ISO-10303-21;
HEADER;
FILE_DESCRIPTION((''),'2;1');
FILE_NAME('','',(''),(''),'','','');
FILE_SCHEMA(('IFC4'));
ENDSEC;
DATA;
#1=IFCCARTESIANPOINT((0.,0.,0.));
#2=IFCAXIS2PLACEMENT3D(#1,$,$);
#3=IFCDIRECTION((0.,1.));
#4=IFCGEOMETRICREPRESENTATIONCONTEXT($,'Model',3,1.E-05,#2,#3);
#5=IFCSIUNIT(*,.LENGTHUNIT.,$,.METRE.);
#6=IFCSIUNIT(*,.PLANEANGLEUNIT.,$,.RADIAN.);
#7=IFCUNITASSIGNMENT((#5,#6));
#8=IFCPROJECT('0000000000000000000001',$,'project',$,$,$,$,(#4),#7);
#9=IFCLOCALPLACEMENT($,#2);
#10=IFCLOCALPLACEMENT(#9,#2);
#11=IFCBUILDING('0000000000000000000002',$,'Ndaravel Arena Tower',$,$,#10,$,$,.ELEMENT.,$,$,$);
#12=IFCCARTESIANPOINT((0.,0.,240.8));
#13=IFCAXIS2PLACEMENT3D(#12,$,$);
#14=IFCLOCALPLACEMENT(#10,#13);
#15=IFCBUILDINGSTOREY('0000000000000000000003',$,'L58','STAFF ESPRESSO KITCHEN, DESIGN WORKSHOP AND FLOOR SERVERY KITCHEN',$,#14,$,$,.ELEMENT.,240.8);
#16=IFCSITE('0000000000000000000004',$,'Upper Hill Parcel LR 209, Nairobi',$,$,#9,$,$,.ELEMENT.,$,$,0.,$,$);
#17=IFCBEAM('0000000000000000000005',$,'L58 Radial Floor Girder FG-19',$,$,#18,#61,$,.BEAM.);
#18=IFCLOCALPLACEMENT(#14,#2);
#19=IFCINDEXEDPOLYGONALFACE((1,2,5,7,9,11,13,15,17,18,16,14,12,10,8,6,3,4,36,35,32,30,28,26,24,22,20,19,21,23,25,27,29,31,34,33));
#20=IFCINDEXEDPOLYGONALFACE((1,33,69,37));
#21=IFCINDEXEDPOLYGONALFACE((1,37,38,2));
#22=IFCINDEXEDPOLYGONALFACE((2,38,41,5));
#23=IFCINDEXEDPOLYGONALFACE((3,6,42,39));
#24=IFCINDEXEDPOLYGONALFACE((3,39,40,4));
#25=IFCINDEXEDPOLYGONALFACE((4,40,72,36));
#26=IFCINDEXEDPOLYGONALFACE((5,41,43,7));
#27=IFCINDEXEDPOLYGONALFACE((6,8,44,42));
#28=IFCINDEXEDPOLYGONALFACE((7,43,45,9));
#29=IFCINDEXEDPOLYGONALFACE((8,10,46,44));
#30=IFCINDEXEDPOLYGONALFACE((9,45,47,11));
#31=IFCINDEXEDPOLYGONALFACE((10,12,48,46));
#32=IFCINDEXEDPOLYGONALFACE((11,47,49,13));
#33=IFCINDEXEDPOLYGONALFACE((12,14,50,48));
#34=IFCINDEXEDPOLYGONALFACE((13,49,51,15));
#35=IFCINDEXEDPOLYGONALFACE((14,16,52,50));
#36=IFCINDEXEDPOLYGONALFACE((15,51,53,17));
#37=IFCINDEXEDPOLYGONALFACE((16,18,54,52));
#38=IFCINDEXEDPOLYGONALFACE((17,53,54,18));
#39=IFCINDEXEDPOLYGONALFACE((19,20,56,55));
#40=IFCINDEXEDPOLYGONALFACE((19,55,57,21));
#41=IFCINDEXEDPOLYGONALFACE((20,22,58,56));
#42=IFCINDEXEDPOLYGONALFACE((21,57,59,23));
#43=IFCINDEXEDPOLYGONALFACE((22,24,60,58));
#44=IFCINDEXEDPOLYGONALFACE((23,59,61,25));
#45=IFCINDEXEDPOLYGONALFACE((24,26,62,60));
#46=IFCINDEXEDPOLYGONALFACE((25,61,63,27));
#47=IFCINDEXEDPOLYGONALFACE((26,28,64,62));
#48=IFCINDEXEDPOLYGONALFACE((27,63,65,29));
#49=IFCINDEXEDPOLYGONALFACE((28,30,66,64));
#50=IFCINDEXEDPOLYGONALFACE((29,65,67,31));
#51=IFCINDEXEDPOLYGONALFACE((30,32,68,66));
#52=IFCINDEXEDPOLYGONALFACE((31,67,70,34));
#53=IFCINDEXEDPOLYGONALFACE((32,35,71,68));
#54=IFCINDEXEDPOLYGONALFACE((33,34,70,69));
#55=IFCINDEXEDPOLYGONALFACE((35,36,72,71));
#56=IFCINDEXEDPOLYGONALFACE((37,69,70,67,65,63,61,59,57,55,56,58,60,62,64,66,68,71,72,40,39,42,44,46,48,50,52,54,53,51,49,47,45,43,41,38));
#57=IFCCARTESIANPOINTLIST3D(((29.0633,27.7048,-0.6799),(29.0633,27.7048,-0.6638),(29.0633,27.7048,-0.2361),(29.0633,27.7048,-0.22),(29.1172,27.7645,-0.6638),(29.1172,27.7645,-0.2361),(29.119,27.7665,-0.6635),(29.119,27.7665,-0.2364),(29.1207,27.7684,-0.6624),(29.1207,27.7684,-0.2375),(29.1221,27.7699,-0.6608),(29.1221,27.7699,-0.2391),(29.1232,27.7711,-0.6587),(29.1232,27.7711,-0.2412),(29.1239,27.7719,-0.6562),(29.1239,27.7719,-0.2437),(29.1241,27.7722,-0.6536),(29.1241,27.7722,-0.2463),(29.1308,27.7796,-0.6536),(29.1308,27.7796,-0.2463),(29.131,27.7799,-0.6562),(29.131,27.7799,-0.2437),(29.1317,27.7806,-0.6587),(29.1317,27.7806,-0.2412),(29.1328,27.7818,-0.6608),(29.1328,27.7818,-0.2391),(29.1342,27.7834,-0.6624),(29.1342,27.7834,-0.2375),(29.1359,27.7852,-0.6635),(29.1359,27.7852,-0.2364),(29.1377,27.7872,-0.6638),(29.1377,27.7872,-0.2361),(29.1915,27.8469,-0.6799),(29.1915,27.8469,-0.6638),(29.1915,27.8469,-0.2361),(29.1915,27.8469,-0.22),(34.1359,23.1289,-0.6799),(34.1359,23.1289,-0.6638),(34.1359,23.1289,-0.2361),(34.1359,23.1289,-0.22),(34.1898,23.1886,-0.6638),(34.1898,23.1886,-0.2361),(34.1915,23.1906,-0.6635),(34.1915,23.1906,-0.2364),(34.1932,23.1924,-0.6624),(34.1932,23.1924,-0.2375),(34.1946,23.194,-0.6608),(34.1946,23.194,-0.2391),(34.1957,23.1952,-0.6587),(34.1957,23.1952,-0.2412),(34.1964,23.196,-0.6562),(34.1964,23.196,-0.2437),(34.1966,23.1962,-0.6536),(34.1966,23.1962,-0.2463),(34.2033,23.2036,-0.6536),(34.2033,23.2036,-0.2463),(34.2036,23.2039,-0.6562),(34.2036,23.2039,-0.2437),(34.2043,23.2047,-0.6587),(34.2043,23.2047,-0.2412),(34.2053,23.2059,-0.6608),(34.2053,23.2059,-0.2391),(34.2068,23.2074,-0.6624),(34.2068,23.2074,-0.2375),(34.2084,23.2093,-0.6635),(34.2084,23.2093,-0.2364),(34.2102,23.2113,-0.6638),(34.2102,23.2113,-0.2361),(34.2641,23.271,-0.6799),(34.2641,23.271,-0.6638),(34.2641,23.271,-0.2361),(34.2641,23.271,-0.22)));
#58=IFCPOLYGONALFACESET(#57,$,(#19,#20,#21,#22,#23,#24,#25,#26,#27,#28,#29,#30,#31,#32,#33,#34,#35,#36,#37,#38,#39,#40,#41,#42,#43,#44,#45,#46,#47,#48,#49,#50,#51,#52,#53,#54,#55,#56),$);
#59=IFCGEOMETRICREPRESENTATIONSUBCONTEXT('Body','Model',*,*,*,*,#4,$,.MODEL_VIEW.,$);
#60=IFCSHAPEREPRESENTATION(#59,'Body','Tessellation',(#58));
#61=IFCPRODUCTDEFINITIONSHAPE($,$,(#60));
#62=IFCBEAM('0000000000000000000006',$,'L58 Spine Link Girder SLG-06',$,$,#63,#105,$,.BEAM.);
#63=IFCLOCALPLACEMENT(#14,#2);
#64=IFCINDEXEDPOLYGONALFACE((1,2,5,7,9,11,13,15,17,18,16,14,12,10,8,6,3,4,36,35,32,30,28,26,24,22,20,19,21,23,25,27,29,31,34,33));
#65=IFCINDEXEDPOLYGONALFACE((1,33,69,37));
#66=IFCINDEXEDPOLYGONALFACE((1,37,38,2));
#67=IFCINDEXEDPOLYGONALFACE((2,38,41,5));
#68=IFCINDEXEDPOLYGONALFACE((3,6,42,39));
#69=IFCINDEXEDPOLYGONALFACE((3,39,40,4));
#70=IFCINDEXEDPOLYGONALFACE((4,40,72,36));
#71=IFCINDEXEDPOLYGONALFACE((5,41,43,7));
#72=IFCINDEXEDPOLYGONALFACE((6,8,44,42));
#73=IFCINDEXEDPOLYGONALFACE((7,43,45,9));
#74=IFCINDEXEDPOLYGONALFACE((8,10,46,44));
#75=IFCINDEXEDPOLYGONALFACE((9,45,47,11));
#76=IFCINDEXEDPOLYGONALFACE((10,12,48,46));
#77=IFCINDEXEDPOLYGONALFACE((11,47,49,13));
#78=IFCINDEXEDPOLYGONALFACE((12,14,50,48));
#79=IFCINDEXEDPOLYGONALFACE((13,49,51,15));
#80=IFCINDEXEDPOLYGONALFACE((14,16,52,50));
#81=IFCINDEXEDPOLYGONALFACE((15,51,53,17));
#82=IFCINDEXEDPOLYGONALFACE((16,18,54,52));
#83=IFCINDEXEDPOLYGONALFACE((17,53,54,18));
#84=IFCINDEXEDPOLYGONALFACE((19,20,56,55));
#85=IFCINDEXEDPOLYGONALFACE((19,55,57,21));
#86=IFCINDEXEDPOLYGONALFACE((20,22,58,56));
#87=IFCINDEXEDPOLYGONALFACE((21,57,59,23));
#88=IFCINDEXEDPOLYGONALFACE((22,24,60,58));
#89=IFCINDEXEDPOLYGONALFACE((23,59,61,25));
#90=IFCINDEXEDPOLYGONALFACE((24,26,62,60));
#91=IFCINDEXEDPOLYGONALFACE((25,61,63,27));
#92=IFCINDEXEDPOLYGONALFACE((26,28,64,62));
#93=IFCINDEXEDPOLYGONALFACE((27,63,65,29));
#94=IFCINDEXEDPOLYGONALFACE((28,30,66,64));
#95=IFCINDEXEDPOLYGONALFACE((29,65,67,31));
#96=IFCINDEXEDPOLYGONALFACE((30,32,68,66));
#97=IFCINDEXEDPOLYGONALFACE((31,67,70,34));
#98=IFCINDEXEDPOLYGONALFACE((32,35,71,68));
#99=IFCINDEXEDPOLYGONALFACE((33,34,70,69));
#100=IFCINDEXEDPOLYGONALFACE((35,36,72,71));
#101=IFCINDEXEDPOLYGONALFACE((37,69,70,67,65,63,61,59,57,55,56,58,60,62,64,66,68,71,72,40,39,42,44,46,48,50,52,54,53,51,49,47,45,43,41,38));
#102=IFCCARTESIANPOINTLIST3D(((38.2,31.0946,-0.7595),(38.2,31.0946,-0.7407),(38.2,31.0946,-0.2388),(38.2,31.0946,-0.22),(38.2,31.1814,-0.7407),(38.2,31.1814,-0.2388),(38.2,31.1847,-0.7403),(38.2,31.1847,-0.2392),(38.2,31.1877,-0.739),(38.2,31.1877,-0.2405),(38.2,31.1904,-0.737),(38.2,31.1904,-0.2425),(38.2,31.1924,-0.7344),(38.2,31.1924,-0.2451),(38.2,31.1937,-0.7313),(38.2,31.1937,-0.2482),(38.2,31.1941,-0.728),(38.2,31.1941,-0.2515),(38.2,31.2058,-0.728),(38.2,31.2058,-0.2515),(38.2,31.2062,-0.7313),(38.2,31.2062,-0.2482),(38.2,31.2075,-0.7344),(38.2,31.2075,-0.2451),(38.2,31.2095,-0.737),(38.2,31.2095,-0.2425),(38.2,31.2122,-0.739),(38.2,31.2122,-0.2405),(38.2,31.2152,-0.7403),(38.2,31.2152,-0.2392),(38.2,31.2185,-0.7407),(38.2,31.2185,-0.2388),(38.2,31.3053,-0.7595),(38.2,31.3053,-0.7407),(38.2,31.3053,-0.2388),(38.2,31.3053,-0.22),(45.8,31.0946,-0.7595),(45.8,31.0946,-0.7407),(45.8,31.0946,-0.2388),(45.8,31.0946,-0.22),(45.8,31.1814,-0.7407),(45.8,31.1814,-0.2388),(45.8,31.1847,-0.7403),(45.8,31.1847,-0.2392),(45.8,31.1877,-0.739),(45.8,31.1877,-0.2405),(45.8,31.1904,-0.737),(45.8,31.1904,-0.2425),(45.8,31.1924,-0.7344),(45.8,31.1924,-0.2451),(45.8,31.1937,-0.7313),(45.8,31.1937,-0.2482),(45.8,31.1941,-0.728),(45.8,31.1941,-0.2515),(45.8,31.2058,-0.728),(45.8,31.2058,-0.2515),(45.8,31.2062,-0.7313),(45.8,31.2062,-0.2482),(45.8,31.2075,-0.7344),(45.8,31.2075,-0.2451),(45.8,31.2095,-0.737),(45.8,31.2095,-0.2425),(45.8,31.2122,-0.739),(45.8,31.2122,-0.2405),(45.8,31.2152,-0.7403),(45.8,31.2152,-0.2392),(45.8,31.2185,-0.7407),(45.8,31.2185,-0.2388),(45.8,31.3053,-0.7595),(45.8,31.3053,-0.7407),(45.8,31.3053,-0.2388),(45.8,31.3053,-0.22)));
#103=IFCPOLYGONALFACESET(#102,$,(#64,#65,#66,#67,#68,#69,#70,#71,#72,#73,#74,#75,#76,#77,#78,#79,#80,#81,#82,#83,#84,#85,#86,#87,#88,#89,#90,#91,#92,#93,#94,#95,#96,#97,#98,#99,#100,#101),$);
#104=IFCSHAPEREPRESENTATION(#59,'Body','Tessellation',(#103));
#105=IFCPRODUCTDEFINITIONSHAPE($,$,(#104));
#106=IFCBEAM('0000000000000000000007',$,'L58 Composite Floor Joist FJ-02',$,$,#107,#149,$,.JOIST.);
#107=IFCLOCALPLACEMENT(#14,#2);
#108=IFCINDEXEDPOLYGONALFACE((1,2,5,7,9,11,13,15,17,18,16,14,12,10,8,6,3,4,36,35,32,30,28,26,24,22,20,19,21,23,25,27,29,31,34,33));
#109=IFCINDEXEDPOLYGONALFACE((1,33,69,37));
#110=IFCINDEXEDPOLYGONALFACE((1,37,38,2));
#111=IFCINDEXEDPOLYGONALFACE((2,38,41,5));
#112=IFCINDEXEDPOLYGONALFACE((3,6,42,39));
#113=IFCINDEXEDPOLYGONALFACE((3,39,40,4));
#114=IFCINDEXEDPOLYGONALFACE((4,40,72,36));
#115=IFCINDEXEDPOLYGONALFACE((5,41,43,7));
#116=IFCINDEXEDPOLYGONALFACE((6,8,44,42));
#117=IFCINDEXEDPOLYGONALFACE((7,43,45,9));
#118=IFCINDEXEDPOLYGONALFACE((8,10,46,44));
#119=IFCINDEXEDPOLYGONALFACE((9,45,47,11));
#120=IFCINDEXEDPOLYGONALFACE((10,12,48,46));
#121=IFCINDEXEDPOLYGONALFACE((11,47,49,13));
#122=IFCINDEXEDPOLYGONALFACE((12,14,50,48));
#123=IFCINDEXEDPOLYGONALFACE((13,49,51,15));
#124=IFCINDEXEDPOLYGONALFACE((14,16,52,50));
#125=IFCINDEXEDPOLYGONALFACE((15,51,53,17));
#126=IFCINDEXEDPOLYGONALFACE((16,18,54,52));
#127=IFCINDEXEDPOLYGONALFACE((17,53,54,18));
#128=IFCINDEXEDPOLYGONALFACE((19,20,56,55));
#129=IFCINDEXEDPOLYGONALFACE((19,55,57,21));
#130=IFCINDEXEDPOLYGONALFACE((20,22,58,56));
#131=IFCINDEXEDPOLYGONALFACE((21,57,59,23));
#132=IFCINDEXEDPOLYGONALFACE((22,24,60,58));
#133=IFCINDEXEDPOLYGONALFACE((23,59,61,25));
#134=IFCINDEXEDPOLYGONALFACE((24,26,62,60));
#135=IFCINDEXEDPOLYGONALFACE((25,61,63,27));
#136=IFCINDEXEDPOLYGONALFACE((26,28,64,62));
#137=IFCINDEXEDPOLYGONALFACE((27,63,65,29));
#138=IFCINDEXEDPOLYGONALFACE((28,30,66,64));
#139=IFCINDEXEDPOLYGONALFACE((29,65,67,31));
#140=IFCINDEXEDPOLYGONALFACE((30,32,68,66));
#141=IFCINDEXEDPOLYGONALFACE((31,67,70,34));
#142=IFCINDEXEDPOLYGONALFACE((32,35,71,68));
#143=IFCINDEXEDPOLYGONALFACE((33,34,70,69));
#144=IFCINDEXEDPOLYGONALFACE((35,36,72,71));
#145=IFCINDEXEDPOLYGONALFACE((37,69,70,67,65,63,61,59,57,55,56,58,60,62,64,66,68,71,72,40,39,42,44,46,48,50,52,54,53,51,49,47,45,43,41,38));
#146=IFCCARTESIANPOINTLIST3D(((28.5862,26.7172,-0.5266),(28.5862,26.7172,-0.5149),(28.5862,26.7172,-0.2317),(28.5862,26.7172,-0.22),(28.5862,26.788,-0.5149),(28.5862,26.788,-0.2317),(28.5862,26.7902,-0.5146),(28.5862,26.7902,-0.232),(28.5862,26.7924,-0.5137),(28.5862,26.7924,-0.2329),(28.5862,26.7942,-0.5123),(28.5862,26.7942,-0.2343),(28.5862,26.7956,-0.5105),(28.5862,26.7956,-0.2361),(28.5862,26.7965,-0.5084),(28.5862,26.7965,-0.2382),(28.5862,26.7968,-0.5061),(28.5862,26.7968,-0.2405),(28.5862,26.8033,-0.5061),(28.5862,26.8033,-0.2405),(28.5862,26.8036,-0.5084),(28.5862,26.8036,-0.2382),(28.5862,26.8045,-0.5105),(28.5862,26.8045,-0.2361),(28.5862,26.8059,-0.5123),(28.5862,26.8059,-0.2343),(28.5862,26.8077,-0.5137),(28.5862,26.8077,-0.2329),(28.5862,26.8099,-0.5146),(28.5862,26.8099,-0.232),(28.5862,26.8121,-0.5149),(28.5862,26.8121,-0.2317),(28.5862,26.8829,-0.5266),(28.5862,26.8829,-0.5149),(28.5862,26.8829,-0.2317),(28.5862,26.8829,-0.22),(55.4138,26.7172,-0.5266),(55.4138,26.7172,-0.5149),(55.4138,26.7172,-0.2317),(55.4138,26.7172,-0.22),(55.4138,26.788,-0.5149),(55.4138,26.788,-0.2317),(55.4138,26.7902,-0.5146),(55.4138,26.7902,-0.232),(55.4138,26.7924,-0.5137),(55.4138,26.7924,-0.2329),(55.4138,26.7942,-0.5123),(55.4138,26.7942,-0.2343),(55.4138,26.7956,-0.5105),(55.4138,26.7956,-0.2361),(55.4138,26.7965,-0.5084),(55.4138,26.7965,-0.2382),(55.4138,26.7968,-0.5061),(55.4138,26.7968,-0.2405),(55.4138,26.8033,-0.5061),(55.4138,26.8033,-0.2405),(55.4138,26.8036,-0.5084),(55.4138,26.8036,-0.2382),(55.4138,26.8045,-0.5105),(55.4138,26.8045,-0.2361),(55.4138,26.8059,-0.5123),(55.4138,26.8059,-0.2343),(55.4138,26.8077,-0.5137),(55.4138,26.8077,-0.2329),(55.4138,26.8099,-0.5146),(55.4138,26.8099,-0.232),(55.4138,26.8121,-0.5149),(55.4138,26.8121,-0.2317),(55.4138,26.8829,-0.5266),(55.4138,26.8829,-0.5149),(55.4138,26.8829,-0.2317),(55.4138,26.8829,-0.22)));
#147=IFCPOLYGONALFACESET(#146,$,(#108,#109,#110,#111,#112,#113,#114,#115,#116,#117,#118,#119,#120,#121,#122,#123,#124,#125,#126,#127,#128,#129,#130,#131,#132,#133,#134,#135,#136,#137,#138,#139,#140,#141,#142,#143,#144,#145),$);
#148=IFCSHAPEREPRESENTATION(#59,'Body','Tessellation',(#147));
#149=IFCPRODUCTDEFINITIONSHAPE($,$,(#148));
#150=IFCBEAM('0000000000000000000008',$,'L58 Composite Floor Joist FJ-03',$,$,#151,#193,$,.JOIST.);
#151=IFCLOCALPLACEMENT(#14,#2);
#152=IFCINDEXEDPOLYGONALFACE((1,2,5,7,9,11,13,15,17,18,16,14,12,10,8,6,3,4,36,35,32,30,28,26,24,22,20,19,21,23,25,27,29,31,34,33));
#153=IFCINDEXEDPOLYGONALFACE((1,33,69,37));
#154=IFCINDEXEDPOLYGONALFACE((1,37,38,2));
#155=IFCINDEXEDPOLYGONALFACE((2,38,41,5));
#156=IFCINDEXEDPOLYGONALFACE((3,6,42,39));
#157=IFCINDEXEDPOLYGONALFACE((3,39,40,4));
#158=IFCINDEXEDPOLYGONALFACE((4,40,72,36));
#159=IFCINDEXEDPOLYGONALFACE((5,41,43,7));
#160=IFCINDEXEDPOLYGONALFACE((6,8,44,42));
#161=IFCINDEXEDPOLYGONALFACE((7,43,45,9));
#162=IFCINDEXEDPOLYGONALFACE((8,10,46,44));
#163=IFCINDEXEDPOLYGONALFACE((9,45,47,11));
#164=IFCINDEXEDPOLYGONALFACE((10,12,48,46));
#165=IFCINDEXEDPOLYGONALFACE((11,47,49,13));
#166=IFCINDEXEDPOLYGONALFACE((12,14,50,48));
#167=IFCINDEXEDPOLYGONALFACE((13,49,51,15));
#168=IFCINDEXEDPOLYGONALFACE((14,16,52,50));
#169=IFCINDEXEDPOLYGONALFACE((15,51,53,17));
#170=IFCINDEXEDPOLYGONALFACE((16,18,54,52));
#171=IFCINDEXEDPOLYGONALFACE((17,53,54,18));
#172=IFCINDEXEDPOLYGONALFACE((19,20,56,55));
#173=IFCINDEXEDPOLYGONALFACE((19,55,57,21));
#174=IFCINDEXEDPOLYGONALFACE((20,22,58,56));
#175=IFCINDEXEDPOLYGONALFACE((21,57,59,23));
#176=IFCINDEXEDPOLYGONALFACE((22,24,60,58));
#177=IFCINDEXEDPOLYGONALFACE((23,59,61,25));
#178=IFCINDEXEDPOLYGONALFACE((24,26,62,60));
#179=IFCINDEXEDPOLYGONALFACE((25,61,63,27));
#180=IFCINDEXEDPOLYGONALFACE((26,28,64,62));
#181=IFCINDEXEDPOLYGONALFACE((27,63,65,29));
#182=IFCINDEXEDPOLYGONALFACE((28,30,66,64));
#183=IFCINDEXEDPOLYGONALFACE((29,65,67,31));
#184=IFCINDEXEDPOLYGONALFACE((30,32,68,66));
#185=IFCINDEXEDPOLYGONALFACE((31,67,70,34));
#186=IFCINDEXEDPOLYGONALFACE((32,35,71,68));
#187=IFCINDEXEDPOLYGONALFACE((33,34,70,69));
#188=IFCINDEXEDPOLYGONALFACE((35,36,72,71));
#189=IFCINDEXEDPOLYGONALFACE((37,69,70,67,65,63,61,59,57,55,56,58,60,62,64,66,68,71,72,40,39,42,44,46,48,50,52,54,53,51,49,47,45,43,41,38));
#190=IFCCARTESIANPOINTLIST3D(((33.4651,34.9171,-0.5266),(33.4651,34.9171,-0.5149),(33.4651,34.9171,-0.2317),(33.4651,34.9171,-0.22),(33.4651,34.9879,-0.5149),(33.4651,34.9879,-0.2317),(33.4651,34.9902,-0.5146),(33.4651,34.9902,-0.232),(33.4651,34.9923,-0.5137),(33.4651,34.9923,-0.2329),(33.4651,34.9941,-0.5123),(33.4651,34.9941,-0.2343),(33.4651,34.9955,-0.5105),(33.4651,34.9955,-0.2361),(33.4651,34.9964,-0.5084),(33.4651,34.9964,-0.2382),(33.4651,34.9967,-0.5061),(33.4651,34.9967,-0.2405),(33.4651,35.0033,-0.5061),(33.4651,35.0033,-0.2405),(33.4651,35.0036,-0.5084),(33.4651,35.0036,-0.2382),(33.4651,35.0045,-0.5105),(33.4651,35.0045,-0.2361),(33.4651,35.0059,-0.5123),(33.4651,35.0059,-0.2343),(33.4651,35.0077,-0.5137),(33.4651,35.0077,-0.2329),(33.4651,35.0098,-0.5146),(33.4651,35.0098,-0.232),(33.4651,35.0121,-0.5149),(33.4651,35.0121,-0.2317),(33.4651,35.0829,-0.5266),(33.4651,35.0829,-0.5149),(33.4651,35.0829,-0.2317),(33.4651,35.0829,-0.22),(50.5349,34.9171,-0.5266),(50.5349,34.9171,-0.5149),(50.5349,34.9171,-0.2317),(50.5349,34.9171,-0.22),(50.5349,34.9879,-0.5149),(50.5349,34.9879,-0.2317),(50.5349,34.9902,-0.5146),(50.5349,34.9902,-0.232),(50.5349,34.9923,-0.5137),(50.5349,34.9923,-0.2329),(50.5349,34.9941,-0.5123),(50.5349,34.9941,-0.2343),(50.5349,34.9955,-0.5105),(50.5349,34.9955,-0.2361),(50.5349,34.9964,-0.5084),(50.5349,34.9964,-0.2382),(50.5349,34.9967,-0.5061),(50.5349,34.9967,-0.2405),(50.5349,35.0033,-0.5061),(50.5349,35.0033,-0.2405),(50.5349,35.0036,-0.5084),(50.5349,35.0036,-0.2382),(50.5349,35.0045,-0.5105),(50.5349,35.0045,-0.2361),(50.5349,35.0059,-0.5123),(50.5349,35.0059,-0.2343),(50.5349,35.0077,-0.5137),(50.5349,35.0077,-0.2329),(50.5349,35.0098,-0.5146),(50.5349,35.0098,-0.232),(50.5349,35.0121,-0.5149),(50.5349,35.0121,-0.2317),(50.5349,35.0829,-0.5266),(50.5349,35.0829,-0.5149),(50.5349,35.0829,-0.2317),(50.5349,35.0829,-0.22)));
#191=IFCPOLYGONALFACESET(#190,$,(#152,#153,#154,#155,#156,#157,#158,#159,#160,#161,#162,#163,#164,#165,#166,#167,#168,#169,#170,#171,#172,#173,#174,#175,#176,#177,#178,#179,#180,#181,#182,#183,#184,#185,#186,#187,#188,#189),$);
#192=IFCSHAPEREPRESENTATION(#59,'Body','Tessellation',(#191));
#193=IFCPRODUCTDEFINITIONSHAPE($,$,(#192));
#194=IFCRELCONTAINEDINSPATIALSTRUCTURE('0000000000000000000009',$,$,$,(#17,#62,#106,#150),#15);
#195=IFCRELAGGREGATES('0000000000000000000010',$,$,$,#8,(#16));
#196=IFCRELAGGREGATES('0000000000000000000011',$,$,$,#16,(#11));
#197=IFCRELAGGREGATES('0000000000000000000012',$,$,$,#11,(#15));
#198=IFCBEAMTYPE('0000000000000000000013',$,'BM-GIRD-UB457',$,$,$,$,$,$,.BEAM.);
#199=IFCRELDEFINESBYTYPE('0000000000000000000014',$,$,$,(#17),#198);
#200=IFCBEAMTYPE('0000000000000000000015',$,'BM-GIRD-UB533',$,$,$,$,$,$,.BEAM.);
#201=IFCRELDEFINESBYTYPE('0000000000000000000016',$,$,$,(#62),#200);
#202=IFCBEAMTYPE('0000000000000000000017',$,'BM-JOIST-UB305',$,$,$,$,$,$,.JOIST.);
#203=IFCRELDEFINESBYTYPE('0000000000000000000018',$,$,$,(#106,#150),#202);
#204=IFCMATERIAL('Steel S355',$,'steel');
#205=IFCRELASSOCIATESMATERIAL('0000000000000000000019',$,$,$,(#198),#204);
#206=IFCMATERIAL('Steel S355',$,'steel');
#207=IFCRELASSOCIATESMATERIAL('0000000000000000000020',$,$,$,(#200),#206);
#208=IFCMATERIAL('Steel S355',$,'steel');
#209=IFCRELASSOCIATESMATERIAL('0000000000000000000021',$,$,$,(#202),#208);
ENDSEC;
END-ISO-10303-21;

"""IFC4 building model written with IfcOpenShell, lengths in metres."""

from ifc_helpers import new_model, si_unit, direction, frame, origin, origin_2d, place, context, subcontext, project, spatial, i_section, extrude, material, material_profile, profile_set, type_object, element, save


model = new_model("IFC4")

# Units and contexts
model_context = context("Model", 3, precision=1e-05, world=origin(), true_north=direction((0.0, 1.0)))
body_context = subcontext(model_context, "Body", "Model", "MODEL_VIEW")
ifc_project = project(units=[si_unit("LENGTHUNIT", "METRE"), si_unit("PLANEANGLEUNIT", "RADIAN")], contexts=[model_context])

# Site, building, storey
site_placement = place(None, origin())
site = spatial("IfcSite", under=ifc_project, at=site_placement, Name="Upper Hill Parcel LR 209, Nairobi", CompositionType="ELEMENT", RefElevation=0.0)
building_placement = place(site_placement, origin())
building = spatial("IfcBuilding", under=site, at=building_placement, Name="Ndaravel Arena Tower", CompositionType="ELEMENT")
storey_placement = place(building_placement, frame((0.0, 0.0, 240.8)))
storey = spatial("IfcBuildingStorey", under=building, at=storey_placement, Name="L58", Description="STAFF ESPRESSO KITCHEN, DESIGN WORKSHOP AND FLOOR SERVERY KITCHEN", CompositionType="ELEMENT", Elevation=240.8)

# Beams
ifc_material_1 = material(Name="Steel S355", Category="steel")
ifc_material_profile_1 = material_profile(ifc_material_1, i_section(OverallWidth=0.1914, OverallDepth=0.46, WebThickness=0.01, FlangeThickness=0.0161, FilletRadius=0.0103, at=origin_2d()), Name="UB 457x191x82")
ifc_profile_set_1 = profile_set([ifc_material_profile_1], Name="Steel S355")
beam_type_1 = type_object("IfcBeamType", Name="BM-GIRD-UB457", PredefinedType="BEAM", material=ifc_profile_set_1)
beam_1_placement = place(storey_placement, frame((29.1274, 27.7759, -0.45), z_axis=(0.742517, -0.669827, 0.0), x_axis=(0.669827, 0.742517, 0.0)))
element("IfcBeam", 1, at=beam_1_placement, inside=storey, type_object=beam_type_1, Name="L58 Radial Floor Girder FG-19", PredefinedType="BEAM", context=body_context, shape_type="SweptSolid", body=[
    extrude(i_section(OverallWidth=0.1914, OverallDepth=0.46, WebThickness=0.01, FlangeThickness=0.0161, FilletRadius=0.0103, at=origin_2d()), origin(), (0.0, 0.0, 1.0), 6.8315),
])
ifc_material_2 = material(Name="Steel S355", Category="steel")
ifc_material_profile_2 = material_profile(ifc_material_2, i_section(OverallWidth=0.2107, OverallDepth=0.5396, WebThickness=0.0117, FlangeThickness=0.0188, FilletRadius=0.0127, at=origin_2d()), Name="UB 533x210x109")
ifc_profile_set_2 = profile_set([ifc_material_profile_2], Name="Steel S355")
beam_type_2 = type_object("IfcBeamType", Name="BM-GIRD-UB533", PredefinedType="BEAM", material=ifc_profile_set_2)
beam_2_placement = place(storey_placement, frame((38.2, 31.2, -0.4897), z_axis=(1.0, 0.0, 0.0), x_axis=(0.0, 1.0, 0.0)))
element("IfcBeam", 2, at=beam_2_placement, inside=storey, type_object=beam_type_2, Name="L58 Spine Link Girder SLG-06", PredefinedType="BEAM", context=body_context, shape_type="SweptSolid", body=[
    extrude(i_section(OverallWidth=0.2107, OverallDepth=0.5396, WebThickness=0.0117, FlangeThickness=0.0188, FilletRadius=0.0127, at=origin_2d()), origin(), (0.0, 0.0, 1.0), 7.6001),
])
ifc_material_3 = material(Name="Steel S355", Category="steel")
ifc_material_profile_3 = material_profile(ifc_material_3, i_section(OverallWidth=0.1658, OverallDepth=0.3066, WebThickness=0.0066, FlangeThickness=0.0117, FilletRadius=0.0088, at=origin_2d()), Name="UB 305x165x46")
ifc_profile_set_3 = profile_set([ifc_material_profile_3], Name="Steel S355")
beam_type_3 = type_object("IfcBeamType", Name="BM-JOIST-UB305", PredefinedType="JOIST", material=ifc_profile_set_3)
beam_3_placement = place(storey_placement, frame((28.5862, 26.8, -0.3733), z_axis=(1.0, 0.0, 0.0), x_axis=(0.0, 1.0, 0.0)))
element("IfcBeam", 3, at=beam_3_placement, inside=storey, type_object=beam_type_3, Name="L58 Composite Floor Joist FJ-02", PredefinedType="JOIST", context=body_context, shape_type="SweptSolid", body=[
    extrude(i_section(OverallWidth=0.1658, OverallDepth=0.3066, WebThickness=0.0066, FlangeThickness=0.0117, FilletRadius=0.0088, at=origin_2d()), origin(), (0.0, 0.0, 1.0), 26.8276),
])
beam_4_placement = place(storey_placement, frame((33.4651, 35.0, -0.3733), z_axis=(1.0, 0.0, 0.0), x_axis=(0.0, 1.0, 0.0)))
element("IfcBeam", 4, at=beam_4_placement, inside=storey, type_object=beam_type_3, Name="L58 Composite Floor Joist FJ-03", PredefinedType="JOIST", context=body_context, shape_type="SweptSolid", body=[
    extrude(i_section(OverallWidth=0.1658, OverallDepth=0.3066, WebThickness=0.0066, FlangeThickness=0.0117, FilletRadius=0.0088, at=origin_2d()), origin(), (0.0, 0.0, 1.0), 17.0698),
])

save(model, "model.ifc")
